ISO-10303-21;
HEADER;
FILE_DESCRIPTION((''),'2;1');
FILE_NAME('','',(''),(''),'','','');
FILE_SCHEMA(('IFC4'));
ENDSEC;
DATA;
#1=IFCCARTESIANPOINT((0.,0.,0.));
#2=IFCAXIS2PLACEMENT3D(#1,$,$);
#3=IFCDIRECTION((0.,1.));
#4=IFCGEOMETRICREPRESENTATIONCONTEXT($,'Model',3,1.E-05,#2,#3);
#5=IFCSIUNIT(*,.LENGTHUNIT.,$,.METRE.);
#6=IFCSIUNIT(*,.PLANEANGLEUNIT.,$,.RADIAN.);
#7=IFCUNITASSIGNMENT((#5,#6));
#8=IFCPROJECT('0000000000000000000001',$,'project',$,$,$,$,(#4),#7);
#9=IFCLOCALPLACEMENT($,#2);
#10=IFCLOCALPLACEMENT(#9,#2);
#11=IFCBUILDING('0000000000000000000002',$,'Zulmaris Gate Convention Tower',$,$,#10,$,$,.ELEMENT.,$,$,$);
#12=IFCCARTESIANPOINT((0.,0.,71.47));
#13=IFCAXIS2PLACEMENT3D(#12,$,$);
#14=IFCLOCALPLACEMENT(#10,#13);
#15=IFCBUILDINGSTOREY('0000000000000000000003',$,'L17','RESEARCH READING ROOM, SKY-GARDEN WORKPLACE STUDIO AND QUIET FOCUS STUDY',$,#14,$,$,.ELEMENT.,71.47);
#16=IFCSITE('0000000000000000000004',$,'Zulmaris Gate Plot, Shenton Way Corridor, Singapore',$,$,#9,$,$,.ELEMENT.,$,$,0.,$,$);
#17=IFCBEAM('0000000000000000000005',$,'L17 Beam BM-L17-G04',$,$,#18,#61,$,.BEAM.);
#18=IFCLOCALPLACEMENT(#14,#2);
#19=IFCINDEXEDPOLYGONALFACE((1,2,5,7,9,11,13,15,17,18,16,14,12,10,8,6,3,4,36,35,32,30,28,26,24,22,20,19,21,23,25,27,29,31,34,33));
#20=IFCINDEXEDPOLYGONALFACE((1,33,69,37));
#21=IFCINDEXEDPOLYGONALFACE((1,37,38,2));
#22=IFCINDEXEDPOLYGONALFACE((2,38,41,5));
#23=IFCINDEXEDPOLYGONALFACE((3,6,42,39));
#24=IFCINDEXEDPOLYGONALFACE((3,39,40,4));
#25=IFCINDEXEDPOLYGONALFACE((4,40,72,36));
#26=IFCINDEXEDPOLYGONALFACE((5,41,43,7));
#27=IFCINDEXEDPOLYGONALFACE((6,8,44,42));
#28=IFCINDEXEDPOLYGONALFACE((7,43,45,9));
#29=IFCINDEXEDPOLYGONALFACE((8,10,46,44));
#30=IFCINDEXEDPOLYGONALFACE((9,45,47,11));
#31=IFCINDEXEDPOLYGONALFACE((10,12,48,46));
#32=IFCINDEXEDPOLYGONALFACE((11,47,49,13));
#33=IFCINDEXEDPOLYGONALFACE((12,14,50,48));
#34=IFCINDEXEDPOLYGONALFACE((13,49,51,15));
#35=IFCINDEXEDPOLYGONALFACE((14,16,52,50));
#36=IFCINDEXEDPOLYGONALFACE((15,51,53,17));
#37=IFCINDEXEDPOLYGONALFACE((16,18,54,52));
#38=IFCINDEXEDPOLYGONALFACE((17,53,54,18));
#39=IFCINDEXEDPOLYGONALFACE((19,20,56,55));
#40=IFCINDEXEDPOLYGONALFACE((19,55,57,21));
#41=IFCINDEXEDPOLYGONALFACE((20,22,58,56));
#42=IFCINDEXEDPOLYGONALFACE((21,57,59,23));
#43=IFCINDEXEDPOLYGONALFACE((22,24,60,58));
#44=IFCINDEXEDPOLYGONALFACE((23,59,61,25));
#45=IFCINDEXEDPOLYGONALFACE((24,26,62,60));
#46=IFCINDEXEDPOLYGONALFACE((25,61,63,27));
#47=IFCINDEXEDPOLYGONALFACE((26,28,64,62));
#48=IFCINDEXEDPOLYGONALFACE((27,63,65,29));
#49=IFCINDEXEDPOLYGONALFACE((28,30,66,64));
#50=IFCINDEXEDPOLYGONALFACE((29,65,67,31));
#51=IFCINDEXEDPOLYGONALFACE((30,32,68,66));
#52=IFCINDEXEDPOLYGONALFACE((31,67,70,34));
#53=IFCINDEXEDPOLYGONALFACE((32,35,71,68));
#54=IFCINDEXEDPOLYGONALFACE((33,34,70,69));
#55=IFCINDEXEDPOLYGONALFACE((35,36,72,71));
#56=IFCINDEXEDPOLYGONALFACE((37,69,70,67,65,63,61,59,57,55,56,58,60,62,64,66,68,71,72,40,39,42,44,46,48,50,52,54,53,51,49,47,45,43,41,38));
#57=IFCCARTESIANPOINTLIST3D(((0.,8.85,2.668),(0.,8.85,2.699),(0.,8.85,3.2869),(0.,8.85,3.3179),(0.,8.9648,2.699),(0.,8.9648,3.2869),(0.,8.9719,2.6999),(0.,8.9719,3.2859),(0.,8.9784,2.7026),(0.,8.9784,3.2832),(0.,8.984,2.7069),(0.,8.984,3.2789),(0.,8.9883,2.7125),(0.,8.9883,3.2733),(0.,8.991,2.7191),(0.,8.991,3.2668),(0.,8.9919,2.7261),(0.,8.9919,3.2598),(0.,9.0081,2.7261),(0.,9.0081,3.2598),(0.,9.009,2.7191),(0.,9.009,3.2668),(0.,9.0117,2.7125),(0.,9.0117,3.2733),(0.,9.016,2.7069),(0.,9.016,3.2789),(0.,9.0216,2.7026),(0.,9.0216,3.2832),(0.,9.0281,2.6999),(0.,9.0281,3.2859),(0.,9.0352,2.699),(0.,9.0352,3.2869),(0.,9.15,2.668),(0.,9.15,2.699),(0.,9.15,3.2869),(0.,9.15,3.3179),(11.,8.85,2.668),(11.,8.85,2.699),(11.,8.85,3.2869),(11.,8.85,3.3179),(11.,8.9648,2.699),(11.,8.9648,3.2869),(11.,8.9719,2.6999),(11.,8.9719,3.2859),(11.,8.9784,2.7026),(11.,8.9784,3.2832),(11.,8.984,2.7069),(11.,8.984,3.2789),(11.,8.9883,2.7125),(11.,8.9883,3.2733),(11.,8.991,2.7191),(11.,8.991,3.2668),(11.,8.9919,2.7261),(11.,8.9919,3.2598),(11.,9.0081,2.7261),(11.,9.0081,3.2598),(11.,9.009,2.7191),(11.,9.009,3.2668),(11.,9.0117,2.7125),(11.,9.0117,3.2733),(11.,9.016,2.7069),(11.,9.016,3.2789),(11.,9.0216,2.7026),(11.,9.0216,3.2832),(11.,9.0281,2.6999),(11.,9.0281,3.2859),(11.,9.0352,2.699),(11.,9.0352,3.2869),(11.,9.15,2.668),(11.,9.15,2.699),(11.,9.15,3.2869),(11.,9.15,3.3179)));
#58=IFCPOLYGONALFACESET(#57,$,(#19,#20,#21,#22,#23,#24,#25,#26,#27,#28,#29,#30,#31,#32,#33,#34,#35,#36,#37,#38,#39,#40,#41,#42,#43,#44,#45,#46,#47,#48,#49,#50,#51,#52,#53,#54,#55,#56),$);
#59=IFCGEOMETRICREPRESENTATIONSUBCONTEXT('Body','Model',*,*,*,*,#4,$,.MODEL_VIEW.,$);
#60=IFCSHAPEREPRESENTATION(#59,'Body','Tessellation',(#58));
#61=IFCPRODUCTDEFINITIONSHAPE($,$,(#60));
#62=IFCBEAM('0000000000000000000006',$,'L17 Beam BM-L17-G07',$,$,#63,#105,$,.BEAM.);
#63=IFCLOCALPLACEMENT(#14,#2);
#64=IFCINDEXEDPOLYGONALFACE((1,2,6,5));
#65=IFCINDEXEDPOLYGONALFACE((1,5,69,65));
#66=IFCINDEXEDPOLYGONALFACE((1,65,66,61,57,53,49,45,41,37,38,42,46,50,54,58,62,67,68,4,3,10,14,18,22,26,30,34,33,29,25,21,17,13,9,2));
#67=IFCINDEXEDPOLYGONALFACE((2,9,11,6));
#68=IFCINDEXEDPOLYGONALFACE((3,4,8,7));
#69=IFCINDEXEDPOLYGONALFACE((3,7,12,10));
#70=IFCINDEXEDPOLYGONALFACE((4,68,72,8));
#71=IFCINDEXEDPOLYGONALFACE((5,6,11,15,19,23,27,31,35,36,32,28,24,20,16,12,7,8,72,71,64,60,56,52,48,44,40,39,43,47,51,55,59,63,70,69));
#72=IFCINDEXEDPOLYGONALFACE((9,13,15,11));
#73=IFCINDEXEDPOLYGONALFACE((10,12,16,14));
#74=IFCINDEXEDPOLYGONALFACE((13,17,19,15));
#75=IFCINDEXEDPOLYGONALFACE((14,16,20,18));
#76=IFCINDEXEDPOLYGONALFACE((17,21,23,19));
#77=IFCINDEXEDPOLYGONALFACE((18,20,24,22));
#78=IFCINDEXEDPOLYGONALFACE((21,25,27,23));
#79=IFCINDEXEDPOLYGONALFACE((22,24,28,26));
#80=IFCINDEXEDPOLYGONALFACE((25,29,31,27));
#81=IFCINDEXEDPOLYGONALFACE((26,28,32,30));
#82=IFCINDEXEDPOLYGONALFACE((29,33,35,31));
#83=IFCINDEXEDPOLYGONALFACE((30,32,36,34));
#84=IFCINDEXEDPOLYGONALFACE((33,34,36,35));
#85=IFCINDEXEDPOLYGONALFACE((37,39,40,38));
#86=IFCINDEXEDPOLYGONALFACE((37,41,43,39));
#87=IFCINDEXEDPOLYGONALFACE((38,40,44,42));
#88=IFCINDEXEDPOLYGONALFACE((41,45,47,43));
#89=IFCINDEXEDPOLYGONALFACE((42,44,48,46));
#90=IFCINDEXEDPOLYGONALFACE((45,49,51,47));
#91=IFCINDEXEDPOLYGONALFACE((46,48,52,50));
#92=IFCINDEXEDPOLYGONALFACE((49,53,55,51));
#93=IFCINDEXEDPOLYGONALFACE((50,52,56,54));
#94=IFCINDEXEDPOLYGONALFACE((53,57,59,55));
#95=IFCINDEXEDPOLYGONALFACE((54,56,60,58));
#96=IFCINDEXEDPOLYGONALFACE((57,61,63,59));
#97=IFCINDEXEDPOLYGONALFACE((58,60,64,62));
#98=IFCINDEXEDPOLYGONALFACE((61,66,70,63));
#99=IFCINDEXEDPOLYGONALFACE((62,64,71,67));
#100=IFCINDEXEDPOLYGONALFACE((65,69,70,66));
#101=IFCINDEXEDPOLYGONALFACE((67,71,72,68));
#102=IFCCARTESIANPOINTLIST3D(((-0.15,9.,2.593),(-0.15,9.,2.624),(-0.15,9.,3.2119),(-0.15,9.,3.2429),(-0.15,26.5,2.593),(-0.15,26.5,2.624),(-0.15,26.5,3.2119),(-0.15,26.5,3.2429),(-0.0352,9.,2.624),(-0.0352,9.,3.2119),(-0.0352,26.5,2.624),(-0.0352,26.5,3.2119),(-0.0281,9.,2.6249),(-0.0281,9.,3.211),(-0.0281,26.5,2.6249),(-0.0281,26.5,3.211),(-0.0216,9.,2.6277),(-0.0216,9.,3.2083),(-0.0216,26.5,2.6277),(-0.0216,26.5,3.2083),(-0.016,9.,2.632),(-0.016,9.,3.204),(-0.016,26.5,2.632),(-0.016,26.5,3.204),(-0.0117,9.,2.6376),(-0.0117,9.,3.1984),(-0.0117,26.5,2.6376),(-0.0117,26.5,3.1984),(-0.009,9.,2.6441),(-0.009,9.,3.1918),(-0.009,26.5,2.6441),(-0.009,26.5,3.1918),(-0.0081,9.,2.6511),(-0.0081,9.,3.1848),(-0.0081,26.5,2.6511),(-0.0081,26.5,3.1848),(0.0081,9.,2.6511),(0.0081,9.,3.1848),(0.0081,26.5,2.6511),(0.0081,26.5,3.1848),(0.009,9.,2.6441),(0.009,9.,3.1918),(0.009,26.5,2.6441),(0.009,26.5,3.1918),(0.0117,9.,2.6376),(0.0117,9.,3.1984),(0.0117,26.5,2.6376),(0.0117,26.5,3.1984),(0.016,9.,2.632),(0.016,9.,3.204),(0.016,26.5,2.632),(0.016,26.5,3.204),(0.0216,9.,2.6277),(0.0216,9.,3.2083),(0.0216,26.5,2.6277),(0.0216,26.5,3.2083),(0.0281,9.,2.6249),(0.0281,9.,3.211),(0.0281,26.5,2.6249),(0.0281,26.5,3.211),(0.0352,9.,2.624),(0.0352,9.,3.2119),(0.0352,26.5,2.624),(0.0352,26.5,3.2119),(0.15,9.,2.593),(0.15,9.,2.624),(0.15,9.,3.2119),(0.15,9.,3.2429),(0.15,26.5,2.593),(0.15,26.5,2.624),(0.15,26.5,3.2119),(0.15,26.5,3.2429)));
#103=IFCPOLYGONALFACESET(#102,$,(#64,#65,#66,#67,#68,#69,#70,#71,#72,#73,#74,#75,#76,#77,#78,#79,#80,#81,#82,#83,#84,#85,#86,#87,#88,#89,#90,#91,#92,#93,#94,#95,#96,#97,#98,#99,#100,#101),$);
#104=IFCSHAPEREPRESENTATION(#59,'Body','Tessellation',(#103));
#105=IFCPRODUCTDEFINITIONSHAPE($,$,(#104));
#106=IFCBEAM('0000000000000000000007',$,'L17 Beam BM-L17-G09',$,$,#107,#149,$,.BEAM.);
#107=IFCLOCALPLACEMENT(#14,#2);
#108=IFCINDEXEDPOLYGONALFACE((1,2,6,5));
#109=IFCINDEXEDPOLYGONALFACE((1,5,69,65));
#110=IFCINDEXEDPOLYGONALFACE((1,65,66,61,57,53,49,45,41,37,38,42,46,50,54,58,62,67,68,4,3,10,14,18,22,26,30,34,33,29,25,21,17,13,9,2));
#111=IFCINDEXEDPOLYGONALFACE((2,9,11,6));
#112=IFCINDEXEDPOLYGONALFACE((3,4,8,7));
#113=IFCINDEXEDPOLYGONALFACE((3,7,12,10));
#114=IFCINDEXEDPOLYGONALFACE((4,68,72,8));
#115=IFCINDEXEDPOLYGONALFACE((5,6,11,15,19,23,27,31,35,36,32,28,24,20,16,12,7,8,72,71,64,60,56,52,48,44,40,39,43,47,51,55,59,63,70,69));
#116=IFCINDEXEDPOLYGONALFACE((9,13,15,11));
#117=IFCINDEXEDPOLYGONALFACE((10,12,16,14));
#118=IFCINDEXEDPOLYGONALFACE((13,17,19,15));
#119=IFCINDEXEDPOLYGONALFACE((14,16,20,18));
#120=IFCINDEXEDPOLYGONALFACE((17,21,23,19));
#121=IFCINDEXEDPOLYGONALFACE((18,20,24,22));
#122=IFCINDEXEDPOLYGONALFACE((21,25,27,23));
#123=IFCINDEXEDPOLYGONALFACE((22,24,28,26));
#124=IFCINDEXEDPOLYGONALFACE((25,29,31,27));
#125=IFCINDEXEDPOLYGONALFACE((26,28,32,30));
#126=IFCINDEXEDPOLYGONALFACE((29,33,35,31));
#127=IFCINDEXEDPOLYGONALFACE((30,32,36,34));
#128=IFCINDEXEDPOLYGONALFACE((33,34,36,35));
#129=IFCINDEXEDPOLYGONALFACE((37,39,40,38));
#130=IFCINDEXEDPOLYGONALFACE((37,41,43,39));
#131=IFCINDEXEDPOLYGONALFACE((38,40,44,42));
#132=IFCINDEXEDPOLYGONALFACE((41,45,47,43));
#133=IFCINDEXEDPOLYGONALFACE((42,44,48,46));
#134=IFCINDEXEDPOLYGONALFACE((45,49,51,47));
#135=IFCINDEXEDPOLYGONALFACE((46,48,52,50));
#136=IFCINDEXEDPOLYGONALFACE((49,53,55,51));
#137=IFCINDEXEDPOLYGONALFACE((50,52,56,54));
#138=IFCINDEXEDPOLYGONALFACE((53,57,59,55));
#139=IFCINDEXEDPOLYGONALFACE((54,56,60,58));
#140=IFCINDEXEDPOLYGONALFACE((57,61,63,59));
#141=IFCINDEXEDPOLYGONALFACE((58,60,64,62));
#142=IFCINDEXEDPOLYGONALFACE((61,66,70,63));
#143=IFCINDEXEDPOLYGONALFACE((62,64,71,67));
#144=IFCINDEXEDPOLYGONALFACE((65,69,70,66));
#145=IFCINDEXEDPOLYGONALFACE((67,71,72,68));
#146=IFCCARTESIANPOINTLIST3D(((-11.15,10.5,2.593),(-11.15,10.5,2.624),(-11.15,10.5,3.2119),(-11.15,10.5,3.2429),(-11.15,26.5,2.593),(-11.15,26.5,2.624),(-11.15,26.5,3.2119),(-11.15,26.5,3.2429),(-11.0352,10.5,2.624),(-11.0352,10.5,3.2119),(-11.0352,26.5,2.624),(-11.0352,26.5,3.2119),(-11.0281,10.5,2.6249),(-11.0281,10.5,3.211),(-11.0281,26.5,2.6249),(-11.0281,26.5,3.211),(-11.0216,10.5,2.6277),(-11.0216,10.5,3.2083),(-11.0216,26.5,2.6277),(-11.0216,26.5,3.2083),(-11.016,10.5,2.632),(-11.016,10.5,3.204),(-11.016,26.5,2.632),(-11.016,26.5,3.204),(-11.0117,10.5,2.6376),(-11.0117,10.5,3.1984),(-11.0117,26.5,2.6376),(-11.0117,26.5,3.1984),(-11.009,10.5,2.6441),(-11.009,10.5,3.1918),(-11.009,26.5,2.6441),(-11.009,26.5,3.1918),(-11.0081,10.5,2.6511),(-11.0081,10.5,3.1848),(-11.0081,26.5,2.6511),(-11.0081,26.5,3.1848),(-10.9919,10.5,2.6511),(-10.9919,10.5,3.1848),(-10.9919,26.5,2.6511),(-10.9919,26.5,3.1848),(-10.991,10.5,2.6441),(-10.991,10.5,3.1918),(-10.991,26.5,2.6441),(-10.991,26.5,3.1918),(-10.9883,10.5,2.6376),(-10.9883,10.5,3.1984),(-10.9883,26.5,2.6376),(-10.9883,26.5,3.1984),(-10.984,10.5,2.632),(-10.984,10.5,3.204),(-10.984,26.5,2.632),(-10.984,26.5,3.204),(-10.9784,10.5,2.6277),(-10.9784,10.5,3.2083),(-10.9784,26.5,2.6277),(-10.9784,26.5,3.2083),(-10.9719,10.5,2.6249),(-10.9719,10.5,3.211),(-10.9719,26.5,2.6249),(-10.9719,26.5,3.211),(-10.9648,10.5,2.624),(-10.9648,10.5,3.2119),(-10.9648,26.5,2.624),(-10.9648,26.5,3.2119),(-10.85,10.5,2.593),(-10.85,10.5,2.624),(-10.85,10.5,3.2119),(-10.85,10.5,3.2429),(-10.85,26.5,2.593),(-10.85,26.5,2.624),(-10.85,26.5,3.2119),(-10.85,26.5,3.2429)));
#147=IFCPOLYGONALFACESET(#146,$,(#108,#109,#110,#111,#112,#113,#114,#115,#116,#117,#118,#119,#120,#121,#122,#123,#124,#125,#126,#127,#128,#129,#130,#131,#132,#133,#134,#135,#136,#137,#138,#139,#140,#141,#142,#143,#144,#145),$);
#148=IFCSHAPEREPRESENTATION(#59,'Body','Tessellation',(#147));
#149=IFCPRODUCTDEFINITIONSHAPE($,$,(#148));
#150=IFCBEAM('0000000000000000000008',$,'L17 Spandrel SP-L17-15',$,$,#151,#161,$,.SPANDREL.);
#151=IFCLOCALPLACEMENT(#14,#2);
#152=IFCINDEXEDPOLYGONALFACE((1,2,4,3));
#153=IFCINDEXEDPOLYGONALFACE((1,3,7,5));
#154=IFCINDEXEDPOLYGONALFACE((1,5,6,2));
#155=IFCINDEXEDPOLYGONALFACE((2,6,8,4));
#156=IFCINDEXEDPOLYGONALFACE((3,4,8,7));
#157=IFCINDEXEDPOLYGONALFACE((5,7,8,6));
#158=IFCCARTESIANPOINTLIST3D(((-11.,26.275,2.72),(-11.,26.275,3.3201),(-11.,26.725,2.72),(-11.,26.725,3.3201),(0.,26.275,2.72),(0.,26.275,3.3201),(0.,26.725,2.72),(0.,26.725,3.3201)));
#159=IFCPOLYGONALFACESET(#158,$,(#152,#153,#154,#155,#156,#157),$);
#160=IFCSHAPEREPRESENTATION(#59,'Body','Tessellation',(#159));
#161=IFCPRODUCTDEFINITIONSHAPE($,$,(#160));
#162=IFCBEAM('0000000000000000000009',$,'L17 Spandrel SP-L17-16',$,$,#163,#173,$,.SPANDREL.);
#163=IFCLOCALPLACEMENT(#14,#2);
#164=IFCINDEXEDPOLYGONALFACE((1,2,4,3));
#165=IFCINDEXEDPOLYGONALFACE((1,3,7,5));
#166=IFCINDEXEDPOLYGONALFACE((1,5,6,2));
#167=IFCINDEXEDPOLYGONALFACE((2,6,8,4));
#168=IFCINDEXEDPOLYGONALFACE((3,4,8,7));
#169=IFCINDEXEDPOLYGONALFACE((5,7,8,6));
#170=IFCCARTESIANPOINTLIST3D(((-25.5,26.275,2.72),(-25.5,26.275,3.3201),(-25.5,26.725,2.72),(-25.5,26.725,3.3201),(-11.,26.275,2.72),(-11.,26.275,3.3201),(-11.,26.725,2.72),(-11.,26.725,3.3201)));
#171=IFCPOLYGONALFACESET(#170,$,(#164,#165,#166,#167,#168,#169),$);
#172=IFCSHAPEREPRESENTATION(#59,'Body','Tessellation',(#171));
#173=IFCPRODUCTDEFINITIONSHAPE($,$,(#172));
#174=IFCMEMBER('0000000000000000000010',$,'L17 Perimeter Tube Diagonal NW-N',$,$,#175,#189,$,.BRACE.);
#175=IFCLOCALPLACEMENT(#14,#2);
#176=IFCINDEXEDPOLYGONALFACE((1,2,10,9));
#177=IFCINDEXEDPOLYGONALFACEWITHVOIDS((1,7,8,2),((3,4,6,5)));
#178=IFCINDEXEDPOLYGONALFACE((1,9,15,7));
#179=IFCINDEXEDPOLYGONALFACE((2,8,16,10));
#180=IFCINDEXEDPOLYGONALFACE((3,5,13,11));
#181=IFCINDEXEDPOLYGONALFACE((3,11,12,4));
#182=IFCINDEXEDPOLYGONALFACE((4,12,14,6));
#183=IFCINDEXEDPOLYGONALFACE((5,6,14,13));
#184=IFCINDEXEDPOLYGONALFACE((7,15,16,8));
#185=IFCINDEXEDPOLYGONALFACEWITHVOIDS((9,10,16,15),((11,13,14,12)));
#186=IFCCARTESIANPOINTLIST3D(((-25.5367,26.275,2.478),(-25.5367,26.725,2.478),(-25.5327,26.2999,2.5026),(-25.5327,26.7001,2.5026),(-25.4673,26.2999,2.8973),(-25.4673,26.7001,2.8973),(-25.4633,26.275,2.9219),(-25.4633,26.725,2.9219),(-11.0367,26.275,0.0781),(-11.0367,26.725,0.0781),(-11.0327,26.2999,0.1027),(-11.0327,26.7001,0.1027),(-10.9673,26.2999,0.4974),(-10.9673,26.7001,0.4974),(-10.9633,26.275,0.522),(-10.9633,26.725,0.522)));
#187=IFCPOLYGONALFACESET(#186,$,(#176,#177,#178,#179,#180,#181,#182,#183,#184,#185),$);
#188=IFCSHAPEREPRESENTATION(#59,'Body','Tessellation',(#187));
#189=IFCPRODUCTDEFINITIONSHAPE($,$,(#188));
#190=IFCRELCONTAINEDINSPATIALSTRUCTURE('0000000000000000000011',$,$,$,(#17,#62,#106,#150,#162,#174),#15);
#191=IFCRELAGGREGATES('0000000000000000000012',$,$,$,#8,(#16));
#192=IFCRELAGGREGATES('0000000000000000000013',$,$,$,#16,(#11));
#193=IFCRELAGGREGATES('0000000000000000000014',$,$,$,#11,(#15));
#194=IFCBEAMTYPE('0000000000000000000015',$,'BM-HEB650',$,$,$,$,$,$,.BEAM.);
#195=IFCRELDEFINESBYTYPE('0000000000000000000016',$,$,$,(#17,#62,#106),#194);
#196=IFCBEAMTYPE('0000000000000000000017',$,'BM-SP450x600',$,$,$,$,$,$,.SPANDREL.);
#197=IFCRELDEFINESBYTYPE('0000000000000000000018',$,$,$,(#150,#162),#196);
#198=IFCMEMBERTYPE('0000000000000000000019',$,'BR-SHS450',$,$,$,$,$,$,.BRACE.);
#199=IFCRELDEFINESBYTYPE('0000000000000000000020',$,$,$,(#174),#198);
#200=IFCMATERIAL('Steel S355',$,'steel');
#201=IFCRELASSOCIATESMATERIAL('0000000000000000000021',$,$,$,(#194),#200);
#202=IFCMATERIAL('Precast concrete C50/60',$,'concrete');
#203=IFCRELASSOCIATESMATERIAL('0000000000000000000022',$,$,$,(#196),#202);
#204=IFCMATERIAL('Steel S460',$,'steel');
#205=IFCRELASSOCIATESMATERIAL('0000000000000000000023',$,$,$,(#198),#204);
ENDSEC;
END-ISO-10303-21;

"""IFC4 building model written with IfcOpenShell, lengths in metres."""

from ifc_helpers import new_model, si_unit, direction, frame, origin, origin_2d, place, context, subcontext, project, spatial, rectangle, hollow_rectangle, i_section, extrude, material, material_profile, profile_set, type_object, element, save


model = new_model("IFC4")

# Units and contexts
model_context = context("Model", 3, precision=1e-05, world=origin(), true_north=direction((0.0, 1.0)))
body_context = subcontext(model_context, "Body", "Model", "MODEL_VIEW")
ifc_project = project(units=[si_unit("LENGTHUNIT", "METRE"), si_unit("PLANEANGLEUNIT", "RADIAN")], contexts=[model_context])

# Site, building, storey
site_placement = place(None, origin())
site = spatial("IfcSite", under=ifc_project, at=site_placement, Name="Zulmaris Gate Plot, Shenton Way Corridor, Singapore", CompositionType="ELEMENT", RefElevation=0.0)
building_placement = place(site_placement, origin())
building = spatial("IfcBuilding", under=site, at=building_placement, Name="Zulmaris Gate Convention Tower", CompositionType="ELEMENT")
storey_placement = place(building_placement, frame((0.0, 0.0, 71.47)))
storey = spatial("IfcBuildingStorey", under=building, at=storey_placement, Name="L17", Description="RESEARCH READING ROOM, SKY-GARDEN WORKPLACE STUDIO AND QUIET FOCUS STUDY", CompositionType="ELEMENT", Elevation=71.47)

# Beams
ifc_material_1 = material(Name="Steel S355", Category="steel")
ifc_material_profile_1 = material_profile(ifc_material_1, i_section(OverallWidth=0.3, OverallDepth=0.6499, WebThickness=0.0161, FlangeThickness=0.031, FilletRadius=0.0271, at=origin_2d()), Name="HEB 650")
ifc_profile_set_1 = profile_set([ifc_material_profile_1], Name="Steel S355")
beam_type_1 = type_object("IfcBeamType", Name="BM-HEB650", PredefinedType="BEAM", material=ifc_profile_set_1)
for number, where, z_axis, x_axis, name in (
    (1, (0.0, 9.0, 2.9929), (1.0, 0.0, 0.0), (0.0, 1.0, 0.0), "L17 Beam BM-L17-G04"),
):
    element("IfcBeam", number, at=place(storey_placement, frame(where, z_axis=z_axis, x_axis=x_axis)), inside=storey, type_object=beam_type_1, Name=name, PredefinedType="BEAM", context=body_context, shape_type="SweptSolid", body=[
        extrude(i_section(OverallWidth=0.3, OverallDepth=0.6499, WebThickness=0.0161, FlangeThickness=0.031, FilletRadius=0.0271, at=origin_2d()), origin(), (0.0, 0.0, 1.0), 11.0),
    ])
beam_1_placement = place(storey_placement, frame((0.0, 9.0, 2.918), z_axis=(0.0, 1.0, 0.0), x_axis=(-1.0, 0.0, 0.0)))
element("IfcBeam", 2, at=beam_1_placement, inside=storey, type_object=beam_type_1, Name="L17 Beam BM-L17-G07", PredefinedType="BEAM", context=body_context, shape_type="SweptSolid", body=[
    extrude(i_section(OverallWidth=0.3, OverallDepth=0.6499, WebThickness=0.0161, FlangeThickness=0.031, FilletRadius=0.0271, at=origin_2d()), origin(), (0.0, 0.0, 1.0), 17.5),
])
beam_2_placement = place(storey_placement, frame((-11.0, 10.5, 2.918), z_axis=(0.0, 1.0, 0.0), x_axis=(-1.0, 0.0, 0.0)))
element("IfcBeam", 3, at=beam_2_placement, inside=storey, type_object=beam_type_1, Name="L17 Beam BM-L17-G09", PredefinedType="BEAM", context=body_context, shape_type="SweptSolid", body=[
    extrude(i_section(OverallWidth=0.3, OverallDepth=0.6499, WebThickness=0.0161, FlangeThickness=0.031, FilletRadius=0.0271, at=origin_2d()), origin(), (0.0, 0.0, 1.0), 16.0),
])
ifc_material_2 = material(Name="Precast concrete C50/60", Category="concrete")
ifc_material_profile_2 = material_profile(ifc_material_2, rectangle(XDim=0.45, YDim=0.6001, at=origin_2d()), Name="RC SPANDREL 450x600")
ifc_profile_set_2 = profile_set([ifc_material_profile_2], Name="Precast concrete C50/60")
beam_type_2 = type_object("IfcBeamType", Name="BM-SP450x600", PredefinedType="SPANDREL", material=ifc_profile_set_2)
beam_3_placement = place(storey_placement, frame((0.0, 26.5, 3.02), z_axis=(-1.0, 0.0, 0.0), x_axis=(0.0, -1.0, 0.0)))
element("IfcBeam", 4, at=beam_3_placement, inside=storey, type_object=beam_type_2, Name="L17 Spandrel SP-L17-15", PredefinedType="SPANDREL", context=body_context, shape_type="SweptSolid", body=[
    extrude(rectangle(XDim=0.45, YDim=0.6001, at=origin_2d()), origin(), (0.0, 0.0, 1.0), 11.0),
])
beam_4_placement = place(storey_placement, frame((-11.0, 26.5, 3.02), z_axis=(-1.0, 0.0, 0.0), x_axis=(0.0, -1.0, 0.0)))
element("IfcBeam", 5, at=beam_4_placement, inside=storey, type_object=beam_type_2, Name="L17 Spandrel SP-L17-16", PredefinedType="SPANDREL", context=body_context, shape_type="SweptSolid", body=[
    extrude(rectangle(XDim=0.45, YDim=0.6001, at=origin_2d()), origin(), (0.0, 0.0, 1.0), 14.5),
])

# Member
ifc_material_3 = material(Name="Steel S460", Category="steel")
ifc_material_profile_3 = material_profile(ifc_material_3, hollow_rectangle(XDim=0.45, YDim=0.45, WallThickness=0.0249, at=origin_2d()), Name="SHS 450x450x25")
ifc_profile_set_3 = profile_set([ifc_material_profile_3], Name="Steel S460")
member_type = type_object("IfcMemberType", Name="BR-SHS450", PredefinedType="BRACE", material=ifc_profile_set_3)
member_placement = place(storey_placement, frame((-11.0, 26.5, 0.3), z_axis=(-0.986578, 0.0, 0.163289), x_axis=(0.0, -1.0, 0.0)))
element("IfcMember", 6, at=member_placement, inside=storey, type_object=member_type, Name="L17 Perimeter Tube Diagonal NW-N", PredefinedType="BRACE", context=body_context, shape_type="SweptSolid", body=[
    extrude(hollow_rectangle(XDim=0.45, YDim=0.45, WallThickness=0.0249, at=origin_2d()), origin(), (0.0, 0.0, 1.0), 14.6973),
])

save(model, "model.ifc")
